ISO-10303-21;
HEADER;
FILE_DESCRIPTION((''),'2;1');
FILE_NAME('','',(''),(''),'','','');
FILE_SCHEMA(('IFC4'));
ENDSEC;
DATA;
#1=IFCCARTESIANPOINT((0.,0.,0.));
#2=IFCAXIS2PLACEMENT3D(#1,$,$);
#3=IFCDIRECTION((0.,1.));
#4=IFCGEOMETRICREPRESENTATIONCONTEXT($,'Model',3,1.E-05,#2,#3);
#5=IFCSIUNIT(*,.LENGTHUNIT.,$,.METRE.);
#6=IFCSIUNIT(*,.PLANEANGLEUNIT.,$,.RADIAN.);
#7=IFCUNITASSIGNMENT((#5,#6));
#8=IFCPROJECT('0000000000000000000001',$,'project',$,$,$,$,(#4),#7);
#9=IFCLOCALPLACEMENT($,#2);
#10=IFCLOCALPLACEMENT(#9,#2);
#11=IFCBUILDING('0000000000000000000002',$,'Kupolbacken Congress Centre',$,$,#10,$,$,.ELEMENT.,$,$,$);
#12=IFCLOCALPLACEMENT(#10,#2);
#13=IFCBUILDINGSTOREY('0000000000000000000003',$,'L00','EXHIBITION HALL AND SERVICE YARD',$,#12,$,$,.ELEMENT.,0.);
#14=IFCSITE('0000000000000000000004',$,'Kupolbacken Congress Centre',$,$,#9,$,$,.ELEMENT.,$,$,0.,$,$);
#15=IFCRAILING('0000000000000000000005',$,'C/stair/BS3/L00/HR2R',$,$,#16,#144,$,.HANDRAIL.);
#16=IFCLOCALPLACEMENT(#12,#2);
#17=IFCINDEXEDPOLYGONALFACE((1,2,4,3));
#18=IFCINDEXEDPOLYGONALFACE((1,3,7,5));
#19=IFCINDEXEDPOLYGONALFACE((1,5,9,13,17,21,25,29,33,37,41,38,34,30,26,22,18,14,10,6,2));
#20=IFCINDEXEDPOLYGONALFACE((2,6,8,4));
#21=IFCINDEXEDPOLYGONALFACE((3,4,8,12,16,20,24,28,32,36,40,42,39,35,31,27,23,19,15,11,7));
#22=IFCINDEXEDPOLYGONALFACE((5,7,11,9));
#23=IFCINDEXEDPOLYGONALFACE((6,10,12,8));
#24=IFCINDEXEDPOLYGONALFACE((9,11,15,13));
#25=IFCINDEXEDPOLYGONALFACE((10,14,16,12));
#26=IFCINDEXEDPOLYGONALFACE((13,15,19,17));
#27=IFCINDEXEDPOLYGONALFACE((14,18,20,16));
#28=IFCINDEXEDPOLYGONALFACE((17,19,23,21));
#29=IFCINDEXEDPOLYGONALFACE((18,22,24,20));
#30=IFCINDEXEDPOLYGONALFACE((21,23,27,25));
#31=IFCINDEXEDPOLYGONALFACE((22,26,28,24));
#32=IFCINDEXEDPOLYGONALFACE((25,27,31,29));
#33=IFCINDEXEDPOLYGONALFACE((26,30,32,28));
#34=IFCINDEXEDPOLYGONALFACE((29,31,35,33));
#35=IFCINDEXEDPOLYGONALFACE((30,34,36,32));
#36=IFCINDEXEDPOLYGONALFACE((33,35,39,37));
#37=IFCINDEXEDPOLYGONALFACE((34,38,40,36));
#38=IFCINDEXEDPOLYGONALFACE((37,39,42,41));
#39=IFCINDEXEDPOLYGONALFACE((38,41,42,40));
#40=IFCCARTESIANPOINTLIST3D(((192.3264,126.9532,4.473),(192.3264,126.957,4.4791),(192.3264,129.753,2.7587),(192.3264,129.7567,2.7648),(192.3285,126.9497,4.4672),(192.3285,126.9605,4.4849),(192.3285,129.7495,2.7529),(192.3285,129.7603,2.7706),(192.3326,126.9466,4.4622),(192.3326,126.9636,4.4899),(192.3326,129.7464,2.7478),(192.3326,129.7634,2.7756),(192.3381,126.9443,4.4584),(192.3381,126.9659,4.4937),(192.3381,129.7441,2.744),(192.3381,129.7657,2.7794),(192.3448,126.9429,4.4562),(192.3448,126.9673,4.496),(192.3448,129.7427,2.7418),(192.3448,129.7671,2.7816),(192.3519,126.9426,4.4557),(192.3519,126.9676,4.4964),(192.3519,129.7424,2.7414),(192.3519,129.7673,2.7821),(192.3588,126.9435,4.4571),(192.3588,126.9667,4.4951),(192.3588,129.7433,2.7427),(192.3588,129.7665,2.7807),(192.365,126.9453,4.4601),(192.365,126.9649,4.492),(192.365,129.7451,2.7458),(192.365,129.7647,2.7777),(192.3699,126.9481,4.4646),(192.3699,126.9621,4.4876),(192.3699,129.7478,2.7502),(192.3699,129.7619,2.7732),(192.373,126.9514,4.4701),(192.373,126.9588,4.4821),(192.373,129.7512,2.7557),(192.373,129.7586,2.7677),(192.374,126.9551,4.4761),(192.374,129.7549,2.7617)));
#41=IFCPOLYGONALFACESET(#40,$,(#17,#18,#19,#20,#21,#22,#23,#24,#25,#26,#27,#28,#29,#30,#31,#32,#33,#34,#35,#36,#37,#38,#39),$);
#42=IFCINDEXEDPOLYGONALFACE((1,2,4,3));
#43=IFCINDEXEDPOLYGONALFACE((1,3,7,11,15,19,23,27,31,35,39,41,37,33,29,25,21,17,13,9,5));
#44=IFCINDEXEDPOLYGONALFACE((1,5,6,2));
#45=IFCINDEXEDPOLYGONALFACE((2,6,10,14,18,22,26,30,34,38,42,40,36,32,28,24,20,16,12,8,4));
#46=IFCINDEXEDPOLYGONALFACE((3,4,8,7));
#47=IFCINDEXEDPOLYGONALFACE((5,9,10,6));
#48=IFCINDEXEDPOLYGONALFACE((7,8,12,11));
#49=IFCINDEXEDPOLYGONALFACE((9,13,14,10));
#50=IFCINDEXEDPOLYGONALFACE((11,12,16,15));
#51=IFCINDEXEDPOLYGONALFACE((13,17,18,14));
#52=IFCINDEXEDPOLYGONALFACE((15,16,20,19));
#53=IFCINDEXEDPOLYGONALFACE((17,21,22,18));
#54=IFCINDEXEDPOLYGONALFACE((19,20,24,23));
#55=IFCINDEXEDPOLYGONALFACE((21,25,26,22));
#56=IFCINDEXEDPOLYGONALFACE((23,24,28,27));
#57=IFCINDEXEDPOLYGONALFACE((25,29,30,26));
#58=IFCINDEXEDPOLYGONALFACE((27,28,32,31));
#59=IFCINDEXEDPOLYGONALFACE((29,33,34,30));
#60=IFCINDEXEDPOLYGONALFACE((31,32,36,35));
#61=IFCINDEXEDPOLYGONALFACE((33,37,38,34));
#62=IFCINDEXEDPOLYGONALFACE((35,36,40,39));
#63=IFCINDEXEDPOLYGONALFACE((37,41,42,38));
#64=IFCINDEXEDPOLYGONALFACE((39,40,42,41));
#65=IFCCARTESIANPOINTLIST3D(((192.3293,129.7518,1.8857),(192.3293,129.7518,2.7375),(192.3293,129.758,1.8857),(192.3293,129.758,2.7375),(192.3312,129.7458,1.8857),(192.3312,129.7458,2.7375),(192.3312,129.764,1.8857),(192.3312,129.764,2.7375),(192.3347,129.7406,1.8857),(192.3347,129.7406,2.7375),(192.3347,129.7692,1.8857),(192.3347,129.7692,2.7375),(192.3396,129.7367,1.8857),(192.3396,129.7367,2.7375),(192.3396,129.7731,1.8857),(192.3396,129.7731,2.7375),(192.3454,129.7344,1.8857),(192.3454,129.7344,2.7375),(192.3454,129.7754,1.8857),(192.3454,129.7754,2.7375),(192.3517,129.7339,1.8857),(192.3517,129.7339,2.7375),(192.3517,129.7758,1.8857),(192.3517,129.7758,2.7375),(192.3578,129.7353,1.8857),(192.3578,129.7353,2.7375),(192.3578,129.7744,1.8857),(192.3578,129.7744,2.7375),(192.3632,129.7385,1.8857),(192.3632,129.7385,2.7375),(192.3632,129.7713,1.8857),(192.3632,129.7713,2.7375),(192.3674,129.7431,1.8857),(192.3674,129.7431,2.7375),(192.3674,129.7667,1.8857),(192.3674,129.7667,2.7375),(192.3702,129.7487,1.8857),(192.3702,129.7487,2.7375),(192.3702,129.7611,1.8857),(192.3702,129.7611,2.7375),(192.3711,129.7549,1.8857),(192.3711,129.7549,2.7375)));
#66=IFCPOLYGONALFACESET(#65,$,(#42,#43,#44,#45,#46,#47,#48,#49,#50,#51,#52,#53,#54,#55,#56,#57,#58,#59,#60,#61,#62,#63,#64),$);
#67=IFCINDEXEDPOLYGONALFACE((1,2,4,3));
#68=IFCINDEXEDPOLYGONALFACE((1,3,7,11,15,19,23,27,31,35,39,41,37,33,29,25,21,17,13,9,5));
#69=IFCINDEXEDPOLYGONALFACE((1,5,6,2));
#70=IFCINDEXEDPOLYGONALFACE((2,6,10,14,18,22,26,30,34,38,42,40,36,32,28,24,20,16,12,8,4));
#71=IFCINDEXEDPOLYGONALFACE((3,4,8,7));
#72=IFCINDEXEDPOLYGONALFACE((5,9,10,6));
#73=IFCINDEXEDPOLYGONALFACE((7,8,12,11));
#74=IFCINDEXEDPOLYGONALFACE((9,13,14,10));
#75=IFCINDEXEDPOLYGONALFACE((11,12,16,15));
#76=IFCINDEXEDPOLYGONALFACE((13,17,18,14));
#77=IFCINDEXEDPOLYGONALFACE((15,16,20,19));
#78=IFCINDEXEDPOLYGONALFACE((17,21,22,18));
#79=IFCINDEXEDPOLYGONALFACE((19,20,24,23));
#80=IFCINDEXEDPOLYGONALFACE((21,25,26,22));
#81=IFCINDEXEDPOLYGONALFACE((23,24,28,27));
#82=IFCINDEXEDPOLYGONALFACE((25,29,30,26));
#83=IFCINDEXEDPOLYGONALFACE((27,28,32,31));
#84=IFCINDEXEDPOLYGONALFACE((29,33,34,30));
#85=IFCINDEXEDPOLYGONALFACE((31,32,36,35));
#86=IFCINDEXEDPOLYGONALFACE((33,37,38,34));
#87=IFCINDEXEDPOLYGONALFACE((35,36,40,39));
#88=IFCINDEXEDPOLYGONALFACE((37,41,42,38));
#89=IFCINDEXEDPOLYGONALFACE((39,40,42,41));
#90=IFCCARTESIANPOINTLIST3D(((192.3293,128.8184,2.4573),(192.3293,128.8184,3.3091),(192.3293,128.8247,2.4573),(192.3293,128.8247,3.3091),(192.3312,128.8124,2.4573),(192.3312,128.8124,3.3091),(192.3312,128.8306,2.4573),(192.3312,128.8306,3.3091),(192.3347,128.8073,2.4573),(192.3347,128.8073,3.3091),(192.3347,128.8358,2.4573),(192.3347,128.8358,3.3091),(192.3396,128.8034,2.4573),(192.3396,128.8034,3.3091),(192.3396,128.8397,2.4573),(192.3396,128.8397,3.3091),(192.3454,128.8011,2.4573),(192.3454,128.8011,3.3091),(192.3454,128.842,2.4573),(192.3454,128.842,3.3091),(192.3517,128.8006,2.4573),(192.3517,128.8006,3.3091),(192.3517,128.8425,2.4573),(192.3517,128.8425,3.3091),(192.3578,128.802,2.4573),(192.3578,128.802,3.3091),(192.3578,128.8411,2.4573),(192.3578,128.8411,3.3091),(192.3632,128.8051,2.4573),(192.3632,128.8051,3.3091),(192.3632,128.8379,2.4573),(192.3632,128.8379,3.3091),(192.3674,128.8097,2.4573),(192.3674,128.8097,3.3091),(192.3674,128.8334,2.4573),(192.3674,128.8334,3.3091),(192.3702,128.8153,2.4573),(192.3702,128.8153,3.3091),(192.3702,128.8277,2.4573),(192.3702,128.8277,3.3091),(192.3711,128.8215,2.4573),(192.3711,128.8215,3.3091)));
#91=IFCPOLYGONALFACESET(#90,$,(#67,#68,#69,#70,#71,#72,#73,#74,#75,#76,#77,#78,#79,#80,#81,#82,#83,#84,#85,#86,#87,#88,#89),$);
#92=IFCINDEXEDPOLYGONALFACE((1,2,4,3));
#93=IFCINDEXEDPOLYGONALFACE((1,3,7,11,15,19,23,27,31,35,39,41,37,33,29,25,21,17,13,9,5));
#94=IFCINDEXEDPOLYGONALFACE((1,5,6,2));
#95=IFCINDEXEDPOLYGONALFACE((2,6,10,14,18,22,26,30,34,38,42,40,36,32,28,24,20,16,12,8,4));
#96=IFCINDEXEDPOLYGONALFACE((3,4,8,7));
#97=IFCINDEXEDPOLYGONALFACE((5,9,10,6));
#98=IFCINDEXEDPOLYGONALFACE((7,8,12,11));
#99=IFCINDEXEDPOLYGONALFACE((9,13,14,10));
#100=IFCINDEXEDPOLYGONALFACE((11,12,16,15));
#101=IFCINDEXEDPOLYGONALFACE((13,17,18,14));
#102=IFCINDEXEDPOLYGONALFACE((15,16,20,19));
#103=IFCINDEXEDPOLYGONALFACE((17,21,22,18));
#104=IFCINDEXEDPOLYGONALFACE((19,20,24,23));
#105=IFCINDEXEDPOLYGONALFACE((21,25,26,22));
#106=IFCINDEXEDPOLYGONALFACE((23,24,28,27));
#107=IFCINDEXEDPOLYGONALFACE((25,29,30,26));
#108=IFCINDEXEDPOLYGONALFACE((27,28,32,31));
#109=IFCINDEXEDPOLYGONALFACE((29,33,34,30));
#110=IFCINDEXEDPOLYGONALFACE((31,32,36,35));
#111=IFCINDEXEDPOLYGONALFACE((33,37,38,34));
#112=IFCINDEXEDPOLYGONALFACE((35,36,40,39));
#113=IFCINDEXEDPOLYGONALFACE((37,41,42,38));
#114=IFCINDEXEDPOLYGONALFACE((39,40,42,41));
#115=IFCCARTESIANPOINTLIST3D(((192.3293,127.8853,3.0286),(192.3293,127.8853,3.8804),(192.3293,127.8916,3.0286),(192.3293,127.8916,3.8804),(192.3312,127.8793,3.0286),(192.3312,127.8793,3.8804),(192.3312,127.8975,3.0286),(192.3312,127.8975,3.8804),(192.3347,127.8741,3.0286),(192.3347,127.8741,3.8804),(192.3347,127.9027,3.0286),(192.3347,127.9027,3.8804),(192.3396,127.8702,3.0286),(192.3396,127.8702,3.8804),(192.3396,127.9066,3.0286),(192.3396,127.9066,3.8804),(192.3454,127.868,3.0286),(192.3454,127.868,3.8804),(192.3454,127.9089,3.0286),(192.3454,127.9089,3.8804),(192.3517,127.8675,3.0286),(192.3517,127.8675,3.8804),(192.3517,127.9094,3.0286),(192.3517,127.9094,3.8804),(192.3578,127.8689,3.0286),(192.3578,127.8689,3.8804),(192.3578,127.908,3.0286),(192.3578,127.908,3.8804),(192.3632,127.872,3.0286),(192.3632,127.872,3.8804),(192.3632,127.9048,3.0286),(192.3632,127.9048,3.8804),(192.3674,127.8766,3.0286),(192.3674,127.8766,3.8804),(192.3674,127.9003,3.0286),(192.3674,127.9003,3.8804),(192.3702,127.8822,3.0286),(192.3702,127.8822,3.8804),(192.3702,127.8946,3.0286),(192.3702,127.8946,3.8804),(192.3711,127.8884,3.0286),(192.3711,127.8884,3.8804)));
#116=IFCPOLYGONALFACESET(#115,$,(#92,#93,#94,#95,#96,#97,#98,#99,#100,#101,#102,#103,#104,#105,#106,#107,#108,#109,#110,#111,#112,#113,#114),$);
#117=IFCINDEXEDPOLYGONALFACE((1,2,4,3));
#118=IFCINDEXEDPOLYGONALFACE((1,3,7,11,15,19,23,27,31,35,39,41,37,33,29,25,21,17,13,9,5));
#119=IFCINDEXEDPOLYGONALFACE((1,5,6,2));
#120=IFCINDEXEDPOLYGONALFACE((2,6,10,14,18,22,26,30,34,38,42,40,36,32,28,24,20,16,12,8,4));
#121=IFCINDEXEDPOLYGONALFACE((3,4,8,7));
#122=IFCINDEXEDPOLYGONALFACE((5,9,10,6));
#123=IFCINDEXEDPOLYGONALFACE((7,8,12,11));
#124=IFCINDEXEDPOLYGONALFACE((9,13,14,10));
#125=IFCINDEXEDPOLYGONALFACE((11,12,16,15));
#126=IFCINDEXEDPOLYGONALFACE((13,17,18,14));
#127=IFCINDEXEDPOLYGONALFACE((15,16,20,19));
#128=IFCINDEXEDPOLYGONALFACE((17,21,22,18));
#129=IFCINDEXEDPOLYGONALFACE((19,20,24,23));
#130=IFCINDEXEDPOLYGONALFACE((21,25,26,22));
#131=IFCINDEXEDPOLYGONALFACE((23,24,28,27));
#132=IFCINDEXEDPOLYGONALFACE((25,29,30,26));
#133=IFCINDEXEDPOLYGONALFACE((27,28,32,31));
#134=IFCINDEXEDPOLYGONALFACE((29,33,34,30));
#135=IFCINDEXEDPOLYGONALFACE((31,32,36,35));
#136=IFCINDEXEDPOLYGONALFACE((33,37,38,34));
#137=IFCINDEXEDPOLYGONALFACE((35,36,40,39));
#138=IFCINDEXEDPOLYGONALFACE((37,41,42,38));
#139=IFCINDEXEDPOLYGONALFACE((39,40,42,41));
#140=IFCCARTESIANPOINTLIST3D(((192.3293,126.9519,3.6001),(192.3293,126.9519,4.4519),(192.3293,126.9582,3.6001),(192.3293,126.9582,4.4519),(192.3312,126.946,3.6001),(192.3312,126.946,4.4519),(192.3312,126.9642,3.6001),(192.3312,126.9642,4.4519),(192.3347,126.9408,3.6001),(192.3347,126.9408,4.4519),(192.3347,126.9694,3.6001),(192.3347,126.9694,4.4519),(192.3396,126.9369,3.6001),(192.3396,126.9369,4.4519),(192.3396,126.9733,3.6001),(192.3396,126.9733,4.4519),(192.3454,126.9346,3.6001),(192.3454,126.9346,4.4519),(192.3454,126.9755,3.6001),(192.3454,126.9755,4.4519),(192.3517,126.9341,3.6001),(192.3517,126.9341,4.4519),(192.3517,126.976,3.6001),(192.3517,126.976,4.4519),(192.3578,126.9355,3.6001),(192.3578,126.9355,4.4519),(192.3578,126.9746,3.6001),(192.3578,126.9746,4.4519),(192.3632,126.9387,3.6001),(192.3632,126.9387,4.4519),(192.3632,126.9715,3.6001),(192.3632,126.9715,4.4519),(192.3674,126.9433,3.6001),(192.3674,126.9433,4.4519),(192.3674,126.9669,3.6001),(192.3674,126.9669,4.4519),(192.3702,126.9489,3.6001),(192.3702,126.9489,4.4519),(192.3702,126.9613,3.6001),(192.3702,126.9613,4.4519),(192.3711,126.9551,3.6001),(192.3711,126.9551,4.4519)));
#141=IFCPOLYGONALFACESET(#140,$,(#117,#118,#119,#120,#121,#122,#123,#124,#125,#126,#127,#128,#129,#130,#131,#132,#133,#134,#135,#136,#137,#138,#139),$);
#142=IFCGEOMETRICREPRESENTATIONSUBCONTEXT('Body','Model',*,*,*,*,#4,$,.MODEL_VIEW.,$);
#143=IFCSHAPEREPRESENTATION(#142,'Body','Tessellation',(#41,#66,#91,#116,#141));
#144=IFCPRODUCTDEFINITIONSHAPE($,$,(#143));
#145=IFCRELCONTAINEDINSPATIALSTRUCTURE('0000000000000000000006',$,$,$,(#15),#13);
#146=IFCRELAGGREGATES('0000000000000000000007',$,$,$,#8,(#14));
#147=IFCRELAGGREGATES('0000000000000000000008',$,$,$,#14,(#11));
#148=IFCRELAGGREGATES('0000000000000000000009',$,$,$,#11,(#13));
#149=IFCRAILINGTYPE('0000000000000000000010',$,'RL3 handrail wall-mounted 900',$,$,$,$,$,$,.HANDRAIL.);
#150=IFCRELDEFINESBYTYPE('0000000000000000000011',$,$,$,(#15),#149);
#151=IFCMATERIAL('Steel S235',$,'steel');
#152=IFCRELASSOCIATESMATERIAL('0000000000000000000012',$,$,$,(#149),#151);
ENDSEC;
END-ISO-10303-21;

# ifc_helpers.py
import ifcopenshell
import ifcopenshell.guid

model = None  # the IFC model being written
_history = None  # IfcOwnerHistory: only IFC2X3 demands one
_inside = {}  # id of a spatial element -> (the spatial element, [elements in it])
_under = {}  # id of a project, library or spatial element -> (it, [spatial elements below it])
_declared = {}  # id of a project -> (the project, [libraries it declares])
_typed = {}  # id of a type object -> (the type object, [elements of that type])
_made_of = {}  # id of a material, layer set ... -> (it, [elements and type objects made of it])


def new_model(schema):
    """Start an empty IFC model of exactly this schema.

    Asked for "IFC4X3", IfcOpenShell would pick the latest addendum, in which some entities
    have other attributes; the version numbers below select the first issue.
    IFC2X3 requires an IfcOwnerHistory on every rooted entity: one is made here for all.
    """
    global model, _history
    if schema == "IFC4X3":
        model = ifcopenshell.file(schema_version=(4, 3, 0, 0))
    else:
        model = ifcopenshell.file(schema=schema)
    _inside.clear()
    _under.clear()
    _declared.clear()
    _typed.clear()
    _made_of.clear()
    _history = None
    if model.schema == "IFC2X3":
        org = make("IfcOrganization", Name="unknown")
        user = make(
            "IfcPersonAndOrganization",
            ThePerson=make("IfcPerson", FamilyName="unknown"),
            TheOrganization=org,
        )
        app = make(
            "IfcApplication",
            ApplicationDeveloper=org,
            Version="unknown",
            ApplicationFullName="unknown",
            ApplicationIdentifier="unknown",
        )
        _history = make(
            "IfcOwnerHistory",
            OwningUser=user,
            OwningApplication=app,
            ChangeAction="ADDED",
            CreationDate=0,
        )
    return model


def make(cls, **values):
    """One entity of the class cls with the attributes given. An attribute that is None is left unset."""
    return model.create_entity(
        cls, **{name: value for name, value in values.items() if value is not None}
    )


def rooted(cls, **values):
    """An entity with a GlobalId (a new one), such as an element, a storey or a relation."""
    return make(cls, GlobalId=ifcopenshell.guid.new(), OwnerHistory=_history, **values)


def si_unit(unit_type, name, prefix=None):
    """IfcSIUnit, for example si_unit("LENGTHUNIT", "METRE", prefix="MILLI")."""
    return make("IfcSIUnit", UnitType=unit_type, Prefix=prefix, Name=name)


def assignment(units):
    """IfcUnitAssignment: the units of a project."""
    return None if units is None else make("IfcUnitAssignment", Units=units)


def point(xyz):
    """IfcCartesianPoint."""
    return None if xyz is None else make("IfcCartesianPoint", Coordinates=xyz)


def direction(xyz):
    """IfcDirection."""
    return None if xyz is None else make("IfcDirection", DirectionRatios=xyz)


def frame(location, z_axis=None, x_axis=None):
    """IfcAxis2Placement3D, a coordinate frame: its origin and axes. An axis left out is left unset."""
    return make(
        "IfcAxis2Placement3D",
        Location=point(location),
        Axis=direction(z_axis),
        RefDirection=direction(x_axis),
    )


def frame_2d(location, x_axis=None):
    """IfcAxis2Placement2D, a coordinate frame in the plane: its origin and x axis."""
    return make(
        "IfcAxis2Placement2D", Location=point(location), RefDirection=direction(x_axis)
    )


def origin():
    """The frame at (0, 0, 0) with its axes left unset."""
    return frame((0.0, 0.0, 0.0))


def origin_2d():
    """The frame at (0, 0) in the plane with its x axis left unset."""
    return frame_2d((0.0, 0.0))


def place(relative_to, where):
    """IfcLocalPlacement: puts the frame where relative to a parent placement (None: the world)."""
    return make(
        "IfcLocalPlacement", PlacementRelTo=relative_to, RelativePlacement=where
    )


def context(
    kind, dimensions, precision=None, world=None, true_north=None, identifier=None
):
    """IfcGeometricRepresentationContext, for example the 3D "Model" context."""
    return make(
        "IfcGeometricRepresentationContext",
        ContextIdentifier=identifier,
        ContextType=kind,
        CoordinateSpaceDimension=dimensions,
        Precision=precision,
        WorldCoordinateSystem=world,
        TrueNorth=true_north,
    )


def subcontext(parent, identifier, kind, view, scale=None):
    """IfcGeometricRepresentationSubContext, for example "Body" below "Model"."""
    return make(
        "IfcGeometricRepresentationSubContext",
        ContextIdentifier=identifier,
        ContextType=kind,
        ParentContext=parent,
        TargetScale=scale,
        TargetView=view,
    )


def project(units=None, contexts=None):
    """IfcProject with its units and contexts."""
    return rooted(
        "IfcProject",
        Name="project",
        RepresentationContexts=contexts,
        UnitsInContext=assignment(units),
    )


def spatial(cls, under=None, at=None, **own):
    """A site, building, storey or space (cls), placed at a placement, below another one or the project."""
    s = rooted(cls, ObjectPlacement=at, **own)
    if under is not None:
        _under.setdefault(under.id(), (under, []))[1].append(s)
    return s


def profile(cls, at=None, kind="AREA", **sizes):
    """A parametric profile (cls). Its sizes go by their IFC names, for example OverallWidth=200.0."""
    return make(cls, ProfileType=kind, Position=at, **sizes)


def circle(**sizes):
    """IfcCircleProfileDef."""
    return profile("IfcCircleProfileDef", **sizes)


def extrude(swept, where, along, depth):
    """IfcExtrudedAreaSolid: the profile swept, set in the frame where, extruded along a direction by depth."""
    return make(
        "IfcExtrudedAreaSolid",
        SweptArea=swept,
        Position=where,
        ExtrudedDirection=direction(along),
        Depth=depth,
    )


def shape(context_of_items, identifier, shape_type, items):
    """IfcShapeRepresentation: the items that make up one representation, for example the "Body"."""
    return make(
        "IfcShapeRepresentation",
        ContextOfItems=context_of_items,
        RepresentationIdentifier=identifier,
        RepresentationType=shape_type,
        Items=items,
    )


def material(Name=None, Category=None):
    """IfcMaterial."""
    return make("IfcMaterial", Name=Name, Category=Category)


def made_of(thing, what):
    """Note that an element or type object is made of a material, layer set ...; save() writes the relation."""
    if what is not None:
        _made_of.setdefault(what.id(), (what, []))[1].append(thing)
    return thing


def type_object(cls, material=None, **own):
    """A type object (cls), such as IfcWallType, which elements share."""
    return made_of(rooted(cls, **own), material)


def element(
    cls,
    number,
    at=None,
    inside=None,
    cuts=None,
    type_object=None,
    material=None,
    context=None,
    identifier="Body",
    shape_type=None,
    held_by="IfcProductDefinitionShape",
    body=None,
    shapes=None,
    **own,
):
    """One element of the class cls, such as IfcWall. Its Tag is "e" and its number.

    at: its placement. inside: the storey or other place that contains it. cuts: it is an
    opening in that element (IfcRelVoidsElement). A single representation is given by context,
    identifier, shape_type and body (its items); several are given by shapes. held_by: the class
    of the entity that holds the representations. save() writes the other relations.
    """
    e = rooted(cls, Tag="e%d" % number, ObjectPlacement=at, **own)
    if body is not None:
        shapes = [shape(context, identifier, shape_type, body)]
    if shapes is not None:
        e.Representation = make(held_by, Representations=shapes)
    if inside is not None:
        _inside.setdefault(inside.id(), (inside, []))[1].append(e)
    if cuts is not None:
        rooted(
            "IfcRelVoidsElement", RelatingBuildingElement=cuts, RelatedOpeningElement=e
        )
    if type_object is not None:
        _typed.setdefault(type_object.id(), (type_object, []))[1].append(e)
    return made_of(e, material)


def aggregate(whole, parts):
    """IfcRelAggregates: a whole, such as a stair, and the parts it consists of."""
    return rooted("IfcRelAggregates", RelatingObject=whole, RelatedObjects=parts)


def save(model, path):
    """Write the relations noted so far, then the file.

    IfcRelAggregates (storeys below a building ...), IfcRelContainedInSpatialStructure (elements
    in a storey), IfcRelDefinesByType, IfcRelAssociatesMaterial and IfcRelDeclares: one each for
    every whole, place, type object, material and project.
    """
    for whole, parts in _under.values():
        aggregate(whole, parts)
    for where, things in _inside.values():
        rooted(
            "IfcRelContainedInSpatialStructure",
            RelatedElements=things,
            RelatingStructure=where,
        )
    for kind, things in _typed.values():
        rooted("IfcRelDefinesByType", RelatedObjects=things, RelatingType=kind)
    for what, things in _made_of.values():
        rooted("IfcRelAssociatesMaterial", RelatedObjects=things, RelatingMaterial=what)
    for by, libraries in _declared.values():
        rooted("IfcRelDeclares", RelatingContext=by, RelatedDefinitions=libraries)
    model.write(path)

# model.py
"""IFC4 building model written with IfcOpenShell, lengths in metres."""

from ifc_helpers import new_model, si_unit, direction, frame, origin, origin_2d, place, context, subcontext, project, spatial, circle, extrude, material, type_object, element, save


model = new_model("IFC4")

# Units and contexts
model_context = context("Model", 3, precision=1e-05, world=origin(), true_north=direction((0.0, 1.0)))
body_context = subcontext(model_context, "Body", "Model", "MODEL_VIEW")
ifc_project = project(units=[si_unit("LENGTHUNIT", "METRE"), si_unit("PLANEANGLEUNIT", "RADIAN")], contexts=[model_context])

# Site, building, storey
site_placement = place(None, origin())
site = spatial("IfcSite", under=ifc_project, at=site_placement, Name="Kupolbacken Congress Centre", CompositionType="ELEMENT", RefElevation=0.0)
building_placement = place(site_placement, origin())
building = spatial("IfcBuilding", under=site, at=building_placement, Name="Kupolbacken Congress Centre", CompositionType="ELEMENT")
storey_placement = place(building_placement, origin())
storey = spatial("IfcBuildingStorey", under=building, at=storey_placement, Name="L00", Description="EXHIBITION HALL AND SERVICE YARD", CompositionType="ELEMENT", Elevation=0.0)

# Railing
ifc_material_1 = material(Name="Steel S235", Category="steel")
railing_type = type_object("IfcRailingType", Name="RL3 handrail wall-mounted 900", PredefinedType="HANDRAIL", material=ifc_material_1)
for number, where, name in (
    (1, (192.3501, 129.7549, 1.8857), "C/stair/BS3/L00/HR2R"),
):
    element("IfcRailing", number, at=place(storey_placement, frame(where)), inside=storey, type_object=railing_type, Name=name, PredefinedType="HANDRAIL", context=body_context, shape_type="SweptSolid", body=[
        extrude(circle(Radius=0.0239, at=origin_2d()), frame((0.0, 0.0, 0.876), z_axis=(0.0, -0.852826, 0.522196), x_axis=(1.0, 0.0, 0.0)), (0.0, 0.0, 1.0), 3.283),
        extrude(circle(Radius=0.021, at=origin_2d()), origin(), (0.0, 0.0, 1.0), 0.8518),
        extrude(circle(Radius=0.021, at=origin_2d()), frame((0.0, -0.9333, 0.5715)), (0.0, 0.0, 1.0), 0.8518),
        extrude(circle(Radius=0.021, at=origin_2d()), frame((0.0, -1.8665, 1.1428)), (0.0, 0.0, 1.0), 0.8518),
        extrude(circle(Radius=0.021, at=origin_2d()), frame((0.0, -2.7998, 1.7144)), (0.0, 0.0, 1.0), 0.8518),
    ])

save(model, "model.ifc")
